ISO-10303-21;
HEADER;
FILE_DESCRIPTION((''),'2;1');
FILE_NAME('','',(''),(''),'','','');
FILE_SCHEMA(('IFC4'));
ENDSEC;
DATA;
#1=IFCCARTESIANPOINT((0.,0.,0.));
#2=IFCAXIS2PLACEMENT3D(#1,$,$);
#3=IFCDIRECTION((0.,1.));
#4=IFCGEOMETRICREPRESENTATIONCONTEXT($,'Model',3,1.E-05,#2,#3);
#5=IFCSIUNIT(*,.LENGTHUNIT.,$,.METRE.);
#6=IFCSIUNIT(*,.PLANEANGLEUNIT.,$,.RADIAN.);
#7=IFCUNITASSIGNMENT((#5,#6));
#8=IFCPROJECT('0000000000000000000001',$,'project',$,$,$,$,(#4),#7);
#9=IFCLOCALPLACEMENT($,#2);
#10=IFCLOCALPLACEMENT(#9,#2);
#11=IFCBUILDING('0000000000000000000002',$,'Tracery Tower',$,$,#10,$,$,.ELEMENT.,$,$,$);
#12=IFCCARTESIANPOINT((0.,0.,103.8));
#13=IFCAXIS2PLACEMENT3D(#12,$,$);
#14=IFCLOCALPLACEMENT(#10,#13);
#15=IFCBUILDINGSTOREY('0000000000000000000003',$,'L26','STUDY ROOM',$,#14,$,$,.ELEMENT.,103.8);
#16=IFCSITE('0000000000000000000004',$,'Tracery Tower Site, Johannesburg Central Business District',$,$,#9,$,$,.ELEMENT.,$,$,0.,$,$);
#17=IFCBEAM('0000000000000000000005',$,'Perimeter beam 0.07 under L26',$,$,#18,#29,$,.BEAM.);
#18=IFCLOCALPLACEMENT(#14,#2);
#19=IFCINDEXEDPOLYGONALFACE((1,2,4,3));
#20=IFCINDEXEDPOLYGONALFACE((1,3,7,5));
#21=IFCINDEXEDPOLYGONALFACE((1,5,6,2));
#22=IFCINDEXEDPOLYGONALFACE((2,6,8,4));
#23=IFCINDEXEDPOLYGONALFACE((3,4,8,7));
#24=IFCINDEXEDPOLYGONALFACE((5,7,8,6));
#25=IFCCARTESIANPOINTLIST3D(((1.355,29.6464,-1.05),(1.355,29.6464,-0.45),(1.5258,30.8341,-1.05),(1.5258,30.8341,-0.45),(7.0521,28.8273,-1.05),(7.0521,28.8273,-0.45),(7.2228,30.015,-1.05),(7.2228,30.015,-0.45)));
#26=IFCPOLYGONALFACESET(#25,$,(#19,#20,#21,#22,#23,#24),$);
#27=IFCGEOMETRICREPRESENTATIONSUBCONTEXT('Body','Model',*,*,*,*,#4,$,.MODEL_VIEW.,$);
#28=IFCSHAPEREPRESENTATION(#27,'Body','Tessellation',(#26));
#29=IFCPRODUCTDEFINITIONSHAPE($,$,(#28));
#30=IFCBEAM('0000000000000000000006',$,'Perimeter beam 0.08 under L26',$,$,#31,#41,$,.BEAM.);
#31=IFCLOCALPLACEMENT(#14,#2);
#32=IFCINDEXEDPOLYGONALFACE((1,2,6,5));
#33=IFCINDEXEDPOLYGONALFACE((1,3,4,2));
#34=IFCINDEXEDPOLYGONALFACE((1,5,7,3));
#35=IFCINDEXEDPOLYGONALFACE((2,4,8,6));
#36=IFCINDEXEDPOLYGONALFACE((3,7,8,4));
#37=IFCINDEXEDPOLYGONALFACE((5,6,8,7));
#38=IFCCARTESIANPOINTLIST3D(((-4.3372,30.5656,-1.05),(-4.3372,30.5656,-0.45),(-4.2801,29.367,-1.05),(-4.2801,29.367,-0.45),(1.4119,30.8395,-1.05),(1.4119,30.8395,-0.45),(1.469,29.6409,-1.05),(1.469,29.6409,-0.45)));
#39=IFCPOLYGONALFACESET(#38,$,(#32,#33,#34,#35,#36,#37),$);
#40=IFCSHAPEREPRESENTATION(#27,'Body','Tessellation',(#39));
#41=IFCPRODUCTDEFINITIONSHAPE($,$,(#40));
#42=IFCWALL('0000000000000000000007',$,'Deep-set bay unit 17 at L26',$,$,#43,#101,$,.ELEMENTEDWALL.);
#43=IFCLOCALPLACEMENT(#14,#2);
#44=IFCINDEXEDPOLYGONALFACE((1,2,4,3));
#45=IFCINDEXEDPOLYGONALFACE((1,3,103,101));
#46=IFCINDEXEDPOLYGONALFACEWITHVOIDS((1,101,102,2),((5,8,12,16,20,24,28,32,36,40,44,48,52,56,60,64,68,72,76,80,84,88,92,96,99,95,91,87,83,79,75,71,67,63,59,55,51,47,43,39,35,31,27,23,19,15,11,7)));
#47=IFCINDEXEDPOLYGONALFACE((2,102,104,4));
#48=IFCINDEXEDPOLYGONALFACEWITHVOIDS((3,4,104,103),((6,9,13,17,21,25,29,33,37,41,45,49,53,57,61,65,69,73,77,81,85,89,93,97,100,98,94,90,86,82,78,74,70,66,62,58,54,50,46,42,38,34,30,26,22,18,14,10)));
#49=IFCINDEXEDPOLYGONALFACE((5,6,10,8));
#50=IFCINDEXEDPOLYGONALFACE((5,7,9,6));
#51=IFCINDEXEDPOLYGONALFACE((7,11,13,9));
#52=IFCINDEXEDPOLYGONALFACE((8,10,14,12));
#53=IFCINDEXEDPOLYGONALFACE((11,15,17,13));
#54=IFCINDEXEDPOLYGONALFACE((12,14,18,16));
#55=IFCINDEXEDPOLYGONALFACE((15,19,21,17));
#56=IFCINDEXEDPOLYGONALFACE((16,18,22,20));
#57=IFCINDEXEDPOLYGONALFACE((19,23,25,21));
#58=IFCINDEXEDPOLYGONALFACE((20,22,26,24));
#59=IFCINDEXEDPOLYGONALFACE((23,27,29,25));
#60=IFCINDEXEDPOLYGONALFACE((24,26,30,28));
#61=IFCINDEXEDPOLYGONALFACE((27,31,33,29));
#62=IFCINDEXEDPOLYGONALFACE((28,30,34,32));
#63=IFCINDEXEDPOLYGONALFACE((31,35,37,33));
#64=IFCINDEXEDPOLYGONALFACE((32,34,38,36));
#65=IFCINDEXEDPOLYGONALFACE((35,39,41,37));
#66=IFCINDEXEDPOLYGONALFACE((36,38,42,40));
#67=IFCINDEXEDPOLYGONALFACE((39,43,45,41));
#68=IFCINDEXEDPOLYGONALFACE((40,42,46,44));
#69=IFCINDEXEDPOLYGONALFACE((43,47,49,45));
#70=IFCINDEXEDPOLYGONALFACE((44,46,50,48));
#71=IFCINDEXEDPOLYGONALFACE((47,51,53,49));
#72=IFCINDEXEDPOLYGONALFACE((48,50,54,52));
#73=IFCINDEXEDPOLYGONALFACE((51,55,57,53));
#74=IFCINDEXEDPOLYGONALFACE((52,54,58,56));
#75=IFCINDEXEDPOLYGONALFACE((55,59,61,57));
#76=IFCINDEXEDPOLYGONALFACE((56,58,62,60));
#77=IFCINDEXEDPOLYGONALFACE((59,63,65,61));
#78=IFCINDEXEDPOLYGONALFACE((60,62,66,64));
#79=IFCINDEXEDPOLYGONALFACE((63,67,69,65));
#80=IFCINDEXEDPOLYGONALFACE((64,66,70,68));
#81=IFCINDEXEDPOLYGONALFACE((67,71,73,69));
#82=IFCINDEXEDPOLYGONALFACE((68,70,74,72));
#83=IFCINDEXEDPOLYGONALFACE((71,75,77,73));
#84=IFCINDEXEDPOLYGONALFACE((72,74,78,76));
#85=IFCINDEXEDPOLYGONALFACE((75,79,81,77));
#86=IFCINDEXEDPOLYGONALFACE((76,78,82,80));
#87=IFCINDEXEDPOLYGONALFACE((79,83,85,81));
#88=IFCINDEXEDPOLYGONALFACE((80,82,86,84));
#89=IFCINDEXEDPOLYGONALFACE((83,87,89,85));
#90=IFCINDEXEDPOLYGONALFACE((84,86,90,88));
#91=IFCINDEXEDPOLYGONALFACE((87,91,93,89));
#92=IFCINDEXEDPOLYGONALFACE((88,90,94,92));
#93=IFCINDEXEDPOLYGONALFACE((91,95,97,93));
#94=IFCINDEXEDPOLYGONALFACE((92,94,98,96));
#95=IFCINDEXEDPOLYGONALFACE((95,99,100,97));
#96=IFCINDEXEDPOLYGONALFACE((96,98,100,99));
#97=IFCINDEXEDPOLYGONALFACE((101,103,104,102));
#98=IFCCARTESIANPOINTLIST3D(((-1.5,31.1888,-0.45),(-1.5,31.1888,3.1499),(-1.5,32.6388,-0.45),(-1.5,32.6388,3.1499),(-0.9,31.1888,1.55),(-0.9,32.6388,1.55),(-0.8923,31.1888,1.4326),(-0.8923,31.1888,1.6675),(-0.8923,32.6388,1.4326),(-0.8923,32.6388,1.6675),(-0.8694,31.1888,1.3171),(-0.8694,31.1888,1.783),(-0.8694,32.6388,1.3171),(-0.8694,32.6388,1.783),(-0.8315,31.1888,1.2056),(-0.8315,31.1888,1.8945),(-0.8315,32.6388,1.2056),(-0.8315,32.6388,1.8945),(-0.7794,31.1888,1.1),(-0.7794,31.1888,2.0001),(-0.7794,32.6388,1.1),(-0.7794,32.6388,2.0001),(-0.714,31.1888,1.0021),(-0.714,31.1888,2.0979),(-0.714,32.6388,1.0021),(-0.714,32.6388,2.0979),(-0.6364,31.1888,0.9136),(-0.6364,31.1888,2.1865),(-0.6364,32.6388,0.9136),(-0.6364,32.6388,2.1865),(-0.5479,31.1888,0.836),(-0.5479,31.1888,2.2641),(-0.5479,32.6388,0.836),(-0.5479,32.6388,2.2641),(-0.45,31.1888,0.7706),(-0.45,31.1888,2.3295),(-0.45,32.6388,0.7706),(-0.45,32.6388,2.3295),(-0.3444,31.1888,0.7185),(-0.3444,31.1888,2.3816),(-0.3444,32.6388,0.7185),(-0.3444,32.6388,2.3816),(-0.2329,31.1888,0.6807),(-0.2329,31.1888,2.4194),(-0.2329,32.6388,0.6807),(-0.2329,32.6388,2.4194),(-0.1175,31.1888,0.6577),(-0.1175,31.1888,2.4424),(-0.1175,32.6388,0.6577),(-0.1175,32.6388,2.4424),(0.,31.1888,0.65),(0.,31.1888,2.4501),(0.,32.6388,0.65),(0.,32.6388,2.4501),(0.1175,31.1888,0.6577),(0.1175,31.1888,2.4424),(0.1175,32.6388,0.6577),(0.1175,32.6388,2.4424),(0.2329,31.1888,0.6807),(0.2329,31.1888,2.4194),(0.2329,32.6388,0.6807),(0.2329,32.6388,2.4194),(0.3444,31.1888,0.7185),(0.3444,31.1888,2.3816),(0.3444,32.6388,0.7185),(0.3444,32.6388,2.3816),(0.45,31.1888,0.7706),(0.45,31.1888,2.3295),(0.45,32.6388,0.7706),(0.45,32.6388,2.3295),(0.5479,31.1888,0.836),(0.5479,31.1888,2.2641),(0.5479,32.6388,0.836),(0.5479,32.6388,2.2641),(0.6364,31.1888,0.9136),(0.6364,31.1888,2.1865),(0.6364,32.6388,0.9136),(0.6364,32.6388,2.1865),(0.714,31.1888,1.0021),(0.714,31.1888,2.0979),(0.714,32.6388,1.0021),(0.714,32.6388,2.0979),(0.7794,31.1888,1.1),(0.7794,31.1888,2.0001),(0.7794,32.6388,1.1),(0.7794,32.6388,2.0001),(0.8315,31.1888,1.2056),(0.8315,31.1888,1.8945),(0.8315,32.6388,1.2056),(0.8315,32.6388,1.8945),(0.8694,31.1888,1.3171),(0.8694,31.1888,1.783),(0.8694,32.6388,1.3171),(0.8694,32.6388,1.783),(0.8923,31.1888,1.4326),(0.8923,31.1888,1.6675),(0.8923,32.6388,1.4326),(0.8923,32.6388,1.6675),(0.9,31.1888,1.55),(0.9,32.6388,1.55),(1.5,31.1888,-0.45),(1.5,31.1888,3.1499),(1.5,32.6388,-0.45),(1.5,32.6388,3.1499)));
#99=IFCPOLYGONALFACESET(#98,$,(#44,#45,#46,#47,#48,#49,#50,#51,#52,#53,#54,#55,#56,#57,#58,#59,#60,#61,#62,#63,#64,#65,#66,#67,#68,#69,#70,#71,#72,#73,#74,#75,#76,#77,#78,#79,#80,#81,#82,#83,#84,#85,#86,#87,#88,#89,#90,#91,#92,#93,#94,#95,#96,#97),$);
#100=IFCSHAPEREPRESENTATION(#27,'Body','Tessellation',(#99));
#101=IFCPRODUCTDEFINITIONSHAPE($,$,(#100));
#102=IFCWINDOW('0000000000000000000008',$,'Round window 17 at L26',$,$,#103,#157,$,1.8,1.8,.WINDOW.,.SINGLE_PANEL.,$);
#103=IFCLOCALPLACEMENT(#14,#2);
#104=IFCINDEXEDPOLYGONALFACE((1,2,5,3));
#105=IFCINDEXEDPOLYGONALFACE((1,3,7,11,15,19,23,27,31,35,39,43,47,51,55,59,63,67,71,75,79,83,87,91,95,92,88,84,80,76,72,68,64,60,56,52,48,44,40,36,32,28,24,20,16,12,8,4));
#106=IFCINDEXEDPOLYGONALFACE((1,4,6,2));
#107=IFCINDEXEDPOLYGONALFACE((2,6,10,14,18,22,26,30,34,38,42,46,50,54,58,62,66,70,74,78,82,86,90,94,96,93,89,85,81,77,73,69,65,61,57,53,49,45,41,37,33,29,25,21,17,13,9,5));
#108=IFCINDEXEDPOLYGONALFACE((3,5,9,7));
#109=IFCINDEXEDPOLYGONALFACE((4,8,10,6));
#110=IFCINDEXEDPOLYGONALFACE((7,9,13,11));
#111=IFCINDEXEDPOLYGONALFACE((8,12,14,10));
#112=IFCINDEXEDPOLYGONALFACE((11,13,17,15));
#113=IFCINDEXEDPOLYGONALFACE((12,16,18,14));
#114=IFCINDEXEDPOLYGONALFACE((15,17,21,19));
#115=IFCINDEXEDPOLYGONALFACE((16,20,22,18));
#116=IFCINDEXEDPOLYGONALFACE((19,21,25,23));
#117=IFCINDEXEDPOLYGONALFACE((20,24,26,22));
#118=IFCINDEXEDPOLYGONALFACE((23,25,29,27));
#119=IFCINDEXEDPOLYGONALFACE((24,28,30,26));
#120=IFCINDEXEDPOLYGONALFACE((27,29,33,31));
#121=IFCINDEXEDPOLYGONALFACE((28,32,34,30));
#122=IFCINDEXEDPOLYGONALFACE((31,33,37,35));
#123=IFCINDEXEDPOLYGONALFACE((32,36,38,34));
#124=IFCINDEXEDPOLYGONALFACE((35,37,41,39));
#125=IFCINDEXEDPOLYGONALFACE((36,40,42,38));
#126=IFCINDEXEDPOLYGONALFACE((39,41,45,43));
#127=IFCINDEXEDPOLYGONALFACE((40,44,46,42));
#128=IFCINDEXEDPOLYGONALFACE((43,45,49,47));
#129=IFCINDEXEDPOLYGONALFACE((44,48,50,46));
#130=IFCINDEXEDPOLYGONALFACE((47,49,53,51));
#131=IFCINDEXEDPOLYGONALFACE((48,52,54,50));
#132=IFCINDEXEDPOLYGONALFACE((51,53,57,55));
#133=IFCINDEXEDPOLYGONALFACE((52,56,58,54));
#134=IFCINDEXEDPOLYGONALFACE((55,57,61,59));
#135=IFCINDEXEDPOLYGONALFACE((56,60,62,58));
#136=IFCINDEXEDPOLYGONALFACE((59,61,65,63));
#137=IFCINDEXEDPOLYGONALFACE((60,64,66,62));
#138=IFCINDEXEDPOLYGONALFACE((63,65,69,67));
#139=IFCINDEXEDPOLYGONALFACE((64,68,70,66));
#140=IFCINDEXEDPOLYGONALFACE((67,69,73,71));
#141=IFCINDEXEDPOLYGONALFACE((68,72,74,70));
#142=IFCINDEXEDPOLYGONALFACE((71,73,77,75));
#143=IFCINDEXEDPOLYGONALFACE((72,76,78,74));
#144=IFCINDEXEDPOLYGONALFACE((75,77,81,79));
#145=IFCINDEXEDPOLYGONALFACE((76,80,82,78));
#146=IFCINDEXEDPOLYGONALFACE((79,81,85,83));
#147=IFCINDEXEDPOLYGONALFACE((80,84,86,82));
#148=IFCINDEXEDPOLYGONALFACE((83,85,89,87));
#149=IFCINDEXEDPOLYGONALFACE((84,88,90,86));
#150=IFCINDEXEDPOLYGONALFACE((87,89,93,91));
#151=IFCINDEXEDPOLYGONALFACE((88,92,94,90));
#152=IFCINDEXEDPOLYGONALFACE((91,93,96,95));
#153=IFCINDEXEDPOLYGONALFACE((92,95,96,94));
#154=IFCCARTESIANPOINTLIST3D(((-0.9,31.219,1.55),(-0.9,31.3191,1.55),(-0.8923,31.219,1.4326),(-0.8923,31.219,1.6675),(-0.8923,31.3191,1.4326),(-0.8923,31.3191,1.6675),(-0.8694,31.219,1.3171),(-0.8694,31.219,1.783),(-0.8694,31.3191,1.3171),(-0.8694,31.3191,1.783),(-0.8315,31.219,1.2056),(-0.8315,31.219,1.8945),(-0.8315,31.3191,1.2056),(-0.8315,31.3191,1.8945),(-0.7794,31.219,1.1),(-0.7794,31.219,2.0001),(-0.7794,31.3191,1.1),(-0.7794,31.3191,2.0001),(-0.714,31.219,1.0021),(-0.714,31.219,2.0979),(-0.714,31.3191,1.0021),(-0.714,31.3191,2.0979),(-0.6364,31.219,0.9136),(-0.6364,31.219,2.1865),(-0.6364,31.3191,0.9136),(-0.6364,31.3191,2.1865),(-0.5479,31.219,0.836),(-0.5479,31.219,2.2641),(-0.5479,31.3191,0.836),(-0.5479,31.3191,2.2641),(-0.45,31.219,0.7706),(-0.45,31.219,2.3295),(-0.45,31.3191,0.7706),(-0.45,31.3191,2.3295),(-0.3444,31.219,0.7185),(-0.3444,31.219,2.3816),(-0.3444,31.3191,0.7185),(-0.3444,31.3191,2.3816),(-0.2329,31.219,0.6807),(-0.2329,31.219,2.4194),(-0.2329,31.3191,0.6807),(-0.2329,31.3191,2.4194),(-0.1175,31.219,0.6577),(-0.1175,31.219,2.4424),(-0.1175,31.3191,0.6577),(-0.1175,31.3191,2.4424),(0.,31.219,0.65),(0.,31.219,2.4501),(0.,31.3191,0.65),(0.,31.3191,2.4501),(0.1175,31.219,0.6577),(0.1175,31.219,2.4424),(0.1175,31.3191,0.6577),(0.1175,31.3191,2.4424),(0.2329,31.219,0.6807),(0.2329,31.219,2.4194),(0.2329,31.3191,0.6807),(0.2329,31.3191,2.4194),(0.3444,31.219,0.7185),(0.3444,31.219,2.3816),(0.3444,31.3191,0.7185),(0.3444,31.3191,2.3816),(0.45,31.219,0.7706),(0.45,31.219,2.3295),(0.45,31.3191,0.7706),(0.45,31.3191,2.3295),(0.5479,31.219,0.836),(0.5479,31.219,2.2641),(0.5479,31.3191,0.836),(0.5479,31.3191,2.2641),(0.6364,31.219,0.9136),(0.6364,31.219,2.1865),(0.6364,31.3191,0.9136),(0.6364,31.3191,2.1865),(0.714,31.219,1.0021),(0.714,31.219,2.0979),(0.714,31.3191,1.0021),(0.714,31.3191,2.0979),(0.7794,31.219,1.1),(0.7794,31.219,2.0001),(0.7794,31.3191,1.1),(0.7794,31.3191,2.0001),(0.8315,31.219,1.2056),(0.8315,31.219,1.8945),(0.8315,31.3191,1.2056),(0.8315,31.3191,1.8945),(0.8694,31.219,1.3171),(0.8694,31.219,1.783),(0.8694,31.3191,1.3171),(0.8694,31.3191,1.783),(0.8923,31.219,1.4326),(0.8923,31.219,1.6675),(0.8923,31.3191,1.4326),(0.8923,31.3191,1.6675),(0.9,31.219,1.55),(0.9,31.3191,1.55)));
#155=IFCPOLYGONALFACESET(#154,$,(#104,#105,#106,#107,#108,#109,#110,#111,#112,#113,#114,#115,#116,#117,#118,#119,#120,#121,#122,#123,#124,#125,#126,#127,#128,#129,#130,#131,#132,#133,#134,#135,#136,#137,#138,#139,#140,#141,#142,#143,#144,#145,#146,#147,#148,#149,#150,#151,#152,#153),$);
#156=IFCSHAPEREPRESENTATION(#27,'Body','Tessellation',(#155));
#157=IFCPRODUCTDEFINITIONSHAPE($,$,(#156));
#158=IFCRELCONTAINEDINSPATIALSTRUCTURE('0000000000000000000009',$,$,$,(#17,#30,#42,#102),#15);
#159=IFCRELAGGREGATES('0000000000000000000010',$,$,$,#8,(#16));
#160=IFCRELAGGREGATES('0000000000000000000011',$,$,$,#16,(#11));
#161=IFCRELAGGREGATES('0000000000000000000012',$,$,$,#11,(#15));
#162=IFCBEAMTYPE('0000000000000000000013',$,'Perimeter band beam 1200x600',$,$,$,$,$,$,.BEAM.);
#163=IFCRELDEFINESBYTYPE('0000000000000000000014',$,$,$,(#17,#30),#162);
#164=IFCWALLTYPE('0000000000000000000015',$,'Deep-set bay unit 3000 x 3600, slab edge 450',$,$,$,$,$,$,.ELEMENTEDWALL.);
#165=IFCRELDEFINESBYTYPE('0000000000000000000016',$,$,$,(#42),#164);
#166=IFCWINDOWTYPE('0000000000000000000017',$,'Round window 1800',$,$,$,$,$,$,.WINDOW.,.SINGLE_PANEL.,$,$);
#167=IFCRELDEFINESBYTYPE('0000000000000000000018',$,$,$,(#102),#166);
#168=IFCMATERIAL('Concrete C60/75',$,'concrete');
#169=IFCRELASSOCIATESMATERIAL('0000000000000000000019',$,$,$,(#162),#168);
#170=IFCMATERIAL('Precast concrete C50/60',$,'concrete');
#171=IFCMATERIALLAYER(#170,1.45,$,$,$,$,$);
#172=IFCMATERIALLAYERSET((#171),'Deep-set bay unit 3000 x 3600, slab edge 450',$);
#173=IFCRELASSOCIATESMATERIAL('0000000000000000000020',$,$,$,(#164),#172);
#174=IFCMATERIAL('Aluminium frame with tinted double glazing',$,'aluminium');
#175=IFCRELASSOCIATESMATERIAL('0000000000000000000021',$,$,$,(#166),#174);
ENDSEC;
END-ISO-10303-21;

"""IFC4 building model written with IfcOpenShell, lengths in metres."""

from ifc_helpers import new_model, si_unit, direction, frame, frame_2d, origin, origin_2d, place, context, subcontext, project, spatial, rectangle, circle, extrude, material, layer, layer_set, material_profile, profile_set, type_object, element, fill, save


model = new_model("IFC4")

# Units and contexts
model_context = context("Model", 3, precision=1e-05, world=origin(), true_north=direction((0.0, 1.0)))
body_context = subcontext(model_context, "Body", "Model", "MODEL_VIEW")
ifc_project = project(units=[si_unit("LENGTHUNIT", "METRE"), si_unit("PLANEANGLEUNIT", "RADIAN")], contexts=[model_context])

# Site, building, storey
site_placement = place(None, origin())
site = spatial("IfcSite", under=ifc_project, at=site_placement, Name="Tracery Tower Site, Johannesburg Central Business District", CompositionType="ELEMENT", RefElevation=0.0)
building_placement = place(site_placement, origin())
building = spatial("IfcBuilding", under=site, at=building_placement, Name="Tracery Tower", CompositionType="ELEMENT")
storey_placement = place(building_placement, frame((0.0, 0.0, 103.8)))
storey = spatial("IfcBuildingStorey", under=building, at=storey_placement, Name="L26", Description="STUDY ROOM", CompositionType="ELEMENT", Elevation=103.8)

# Beams
ifc_material_1 = material(Name="Concrete C60/75", Category="concrete")
ifc_material_profile_1 = material_profile(ifc_material_1, rectangle(XDim=1.2, YDim=0.6001, at=origin_2d()), Name="RC 1200x600")
ifc_profile_set_1 = profile_set([ifc_material_profile_1], Name="Concrete C60/75")
beam_type = type_object("IfcBeamType", Name="Perimeter band beam 1200x600", PredefinedType="BEAM", material=ifc_profile_set_1)
for number, where, z_axis, x_axis, name in (
    (1, (7.1375, 29.4211, -0.75), (-0.989822, 0.142312, 0.0), (-0.142312, -0.989822, 0.0), "Perimeter beam 0.07 under L26"),
    (2, (1.4404, 30.2402, -0.75), (-0.998867, -0.047593, 0.0), (0.047593, -0.998867, 0.0), "Perimeter beam 0.08 under L26"),
):
    element("IfcBeam", number, at=place(storey_placement, frame(where, z_axis=z_axis, x_axis=x_axis)), inside=storey, type_object=beam_type, Name=name, PredefinedType="BEAM", context=body_context, shape_type="SweptSolid", body=[
        extrude(rectangle(XDim=1.2, YDim=0.6001, at=origin_2d()), origin(), (0.0, 0.0, 1.0), 5.7556),
    ])

# Wall, opening, window
ifc_material_2 = material(Name="Precast concrete C50/60", Category="concrete")
ifc_layer_1 = layer(ifc_material_2, 1.45)
ifc_layer_set_1 = layer_set([ifc_layer_1], Name="Deep-set bay unit 3000 x 3600, slab edge 450")
wall_type_1 = type_object("IfcWallType", Name="Deep-set bay unit 3000 x 3600, slab edge 450", PredefinedType="ELEMENTEDWALL", material=ifc_layer_set_1)
wall_1_placement = place(storey_placement, frame((1.5, 31.9138, -0.45), z_axis=(0.0, 0.0, 1.0), x_axis=(-1.0, 0.0, 0.0)))
wall_1 = element("IfcWall", 3, at=wall_1_placement, inside=storey, type_object=wall_type_1, Name="Deep-set bay unit 17 at L26", PredefinedType="ELEMENTEDWALL", context=body_context, shape_type="SweptSolid", body=[
    extrude(rectangle(XDim=3.0, YDim=1.45, at=frame_2d((1.5, 0.0))), origin(), (0.0, 0.0, 1.0), 3.5999),
])
opening_1_placement = place(wall_1_placement, frame((1.5, 0.0, 2.0)))
opening_1 = element("IfcOpeningElement", 4, at=opening_1_placement, cuts=wall_1, PredefinedType="OPENING", context=body_context, shape_type="SweptSolid", body=[
    extrude(circle(Radius=0.9, at=origin_2d()), frame((0.0, 0.7349, 0.0), z_axis=(0.0, -1.0, 0.0), x_axis=(1.0, 0.0, 0.0)), (0.0, 0.0, 1.0), 1.47),
])
ifc_material_3 = material(Name="Aluminium frame with tinted double glazing", Category="aluminium")
window_type = type_object("IfcWindowType", Name="Round window 1800", PartitioningType="SINGLE_PANEL", PredefinedType="WINDOW", material=ifc_material_3)
window_1_placement = place(opening_1_placement, origin())
window_1 = element("IfcWindow", 5, at=window_1_placement, inside=storey, type_object=window_type, Name="Round window 17 at L26", OverallHeight=1.8, OverallWidth=1.8, PartitioningType="SINGLE_PANEL", PredefinedType="WINDOW", context=body_context, shape_type="SweptSolid", body=[
    extrude(circle(Radius=0.9, at=origin_2d()), frame((0.0, 0.6948, 0.0), z_axis=(0.0, -1.0, 0.0), x_axis=(1.0, 0.0, 0.0)), (0.0, 0.0, 1.0), 0.1001),
])
fill(opening_1, window_1)

save(model, "model.ifc")
